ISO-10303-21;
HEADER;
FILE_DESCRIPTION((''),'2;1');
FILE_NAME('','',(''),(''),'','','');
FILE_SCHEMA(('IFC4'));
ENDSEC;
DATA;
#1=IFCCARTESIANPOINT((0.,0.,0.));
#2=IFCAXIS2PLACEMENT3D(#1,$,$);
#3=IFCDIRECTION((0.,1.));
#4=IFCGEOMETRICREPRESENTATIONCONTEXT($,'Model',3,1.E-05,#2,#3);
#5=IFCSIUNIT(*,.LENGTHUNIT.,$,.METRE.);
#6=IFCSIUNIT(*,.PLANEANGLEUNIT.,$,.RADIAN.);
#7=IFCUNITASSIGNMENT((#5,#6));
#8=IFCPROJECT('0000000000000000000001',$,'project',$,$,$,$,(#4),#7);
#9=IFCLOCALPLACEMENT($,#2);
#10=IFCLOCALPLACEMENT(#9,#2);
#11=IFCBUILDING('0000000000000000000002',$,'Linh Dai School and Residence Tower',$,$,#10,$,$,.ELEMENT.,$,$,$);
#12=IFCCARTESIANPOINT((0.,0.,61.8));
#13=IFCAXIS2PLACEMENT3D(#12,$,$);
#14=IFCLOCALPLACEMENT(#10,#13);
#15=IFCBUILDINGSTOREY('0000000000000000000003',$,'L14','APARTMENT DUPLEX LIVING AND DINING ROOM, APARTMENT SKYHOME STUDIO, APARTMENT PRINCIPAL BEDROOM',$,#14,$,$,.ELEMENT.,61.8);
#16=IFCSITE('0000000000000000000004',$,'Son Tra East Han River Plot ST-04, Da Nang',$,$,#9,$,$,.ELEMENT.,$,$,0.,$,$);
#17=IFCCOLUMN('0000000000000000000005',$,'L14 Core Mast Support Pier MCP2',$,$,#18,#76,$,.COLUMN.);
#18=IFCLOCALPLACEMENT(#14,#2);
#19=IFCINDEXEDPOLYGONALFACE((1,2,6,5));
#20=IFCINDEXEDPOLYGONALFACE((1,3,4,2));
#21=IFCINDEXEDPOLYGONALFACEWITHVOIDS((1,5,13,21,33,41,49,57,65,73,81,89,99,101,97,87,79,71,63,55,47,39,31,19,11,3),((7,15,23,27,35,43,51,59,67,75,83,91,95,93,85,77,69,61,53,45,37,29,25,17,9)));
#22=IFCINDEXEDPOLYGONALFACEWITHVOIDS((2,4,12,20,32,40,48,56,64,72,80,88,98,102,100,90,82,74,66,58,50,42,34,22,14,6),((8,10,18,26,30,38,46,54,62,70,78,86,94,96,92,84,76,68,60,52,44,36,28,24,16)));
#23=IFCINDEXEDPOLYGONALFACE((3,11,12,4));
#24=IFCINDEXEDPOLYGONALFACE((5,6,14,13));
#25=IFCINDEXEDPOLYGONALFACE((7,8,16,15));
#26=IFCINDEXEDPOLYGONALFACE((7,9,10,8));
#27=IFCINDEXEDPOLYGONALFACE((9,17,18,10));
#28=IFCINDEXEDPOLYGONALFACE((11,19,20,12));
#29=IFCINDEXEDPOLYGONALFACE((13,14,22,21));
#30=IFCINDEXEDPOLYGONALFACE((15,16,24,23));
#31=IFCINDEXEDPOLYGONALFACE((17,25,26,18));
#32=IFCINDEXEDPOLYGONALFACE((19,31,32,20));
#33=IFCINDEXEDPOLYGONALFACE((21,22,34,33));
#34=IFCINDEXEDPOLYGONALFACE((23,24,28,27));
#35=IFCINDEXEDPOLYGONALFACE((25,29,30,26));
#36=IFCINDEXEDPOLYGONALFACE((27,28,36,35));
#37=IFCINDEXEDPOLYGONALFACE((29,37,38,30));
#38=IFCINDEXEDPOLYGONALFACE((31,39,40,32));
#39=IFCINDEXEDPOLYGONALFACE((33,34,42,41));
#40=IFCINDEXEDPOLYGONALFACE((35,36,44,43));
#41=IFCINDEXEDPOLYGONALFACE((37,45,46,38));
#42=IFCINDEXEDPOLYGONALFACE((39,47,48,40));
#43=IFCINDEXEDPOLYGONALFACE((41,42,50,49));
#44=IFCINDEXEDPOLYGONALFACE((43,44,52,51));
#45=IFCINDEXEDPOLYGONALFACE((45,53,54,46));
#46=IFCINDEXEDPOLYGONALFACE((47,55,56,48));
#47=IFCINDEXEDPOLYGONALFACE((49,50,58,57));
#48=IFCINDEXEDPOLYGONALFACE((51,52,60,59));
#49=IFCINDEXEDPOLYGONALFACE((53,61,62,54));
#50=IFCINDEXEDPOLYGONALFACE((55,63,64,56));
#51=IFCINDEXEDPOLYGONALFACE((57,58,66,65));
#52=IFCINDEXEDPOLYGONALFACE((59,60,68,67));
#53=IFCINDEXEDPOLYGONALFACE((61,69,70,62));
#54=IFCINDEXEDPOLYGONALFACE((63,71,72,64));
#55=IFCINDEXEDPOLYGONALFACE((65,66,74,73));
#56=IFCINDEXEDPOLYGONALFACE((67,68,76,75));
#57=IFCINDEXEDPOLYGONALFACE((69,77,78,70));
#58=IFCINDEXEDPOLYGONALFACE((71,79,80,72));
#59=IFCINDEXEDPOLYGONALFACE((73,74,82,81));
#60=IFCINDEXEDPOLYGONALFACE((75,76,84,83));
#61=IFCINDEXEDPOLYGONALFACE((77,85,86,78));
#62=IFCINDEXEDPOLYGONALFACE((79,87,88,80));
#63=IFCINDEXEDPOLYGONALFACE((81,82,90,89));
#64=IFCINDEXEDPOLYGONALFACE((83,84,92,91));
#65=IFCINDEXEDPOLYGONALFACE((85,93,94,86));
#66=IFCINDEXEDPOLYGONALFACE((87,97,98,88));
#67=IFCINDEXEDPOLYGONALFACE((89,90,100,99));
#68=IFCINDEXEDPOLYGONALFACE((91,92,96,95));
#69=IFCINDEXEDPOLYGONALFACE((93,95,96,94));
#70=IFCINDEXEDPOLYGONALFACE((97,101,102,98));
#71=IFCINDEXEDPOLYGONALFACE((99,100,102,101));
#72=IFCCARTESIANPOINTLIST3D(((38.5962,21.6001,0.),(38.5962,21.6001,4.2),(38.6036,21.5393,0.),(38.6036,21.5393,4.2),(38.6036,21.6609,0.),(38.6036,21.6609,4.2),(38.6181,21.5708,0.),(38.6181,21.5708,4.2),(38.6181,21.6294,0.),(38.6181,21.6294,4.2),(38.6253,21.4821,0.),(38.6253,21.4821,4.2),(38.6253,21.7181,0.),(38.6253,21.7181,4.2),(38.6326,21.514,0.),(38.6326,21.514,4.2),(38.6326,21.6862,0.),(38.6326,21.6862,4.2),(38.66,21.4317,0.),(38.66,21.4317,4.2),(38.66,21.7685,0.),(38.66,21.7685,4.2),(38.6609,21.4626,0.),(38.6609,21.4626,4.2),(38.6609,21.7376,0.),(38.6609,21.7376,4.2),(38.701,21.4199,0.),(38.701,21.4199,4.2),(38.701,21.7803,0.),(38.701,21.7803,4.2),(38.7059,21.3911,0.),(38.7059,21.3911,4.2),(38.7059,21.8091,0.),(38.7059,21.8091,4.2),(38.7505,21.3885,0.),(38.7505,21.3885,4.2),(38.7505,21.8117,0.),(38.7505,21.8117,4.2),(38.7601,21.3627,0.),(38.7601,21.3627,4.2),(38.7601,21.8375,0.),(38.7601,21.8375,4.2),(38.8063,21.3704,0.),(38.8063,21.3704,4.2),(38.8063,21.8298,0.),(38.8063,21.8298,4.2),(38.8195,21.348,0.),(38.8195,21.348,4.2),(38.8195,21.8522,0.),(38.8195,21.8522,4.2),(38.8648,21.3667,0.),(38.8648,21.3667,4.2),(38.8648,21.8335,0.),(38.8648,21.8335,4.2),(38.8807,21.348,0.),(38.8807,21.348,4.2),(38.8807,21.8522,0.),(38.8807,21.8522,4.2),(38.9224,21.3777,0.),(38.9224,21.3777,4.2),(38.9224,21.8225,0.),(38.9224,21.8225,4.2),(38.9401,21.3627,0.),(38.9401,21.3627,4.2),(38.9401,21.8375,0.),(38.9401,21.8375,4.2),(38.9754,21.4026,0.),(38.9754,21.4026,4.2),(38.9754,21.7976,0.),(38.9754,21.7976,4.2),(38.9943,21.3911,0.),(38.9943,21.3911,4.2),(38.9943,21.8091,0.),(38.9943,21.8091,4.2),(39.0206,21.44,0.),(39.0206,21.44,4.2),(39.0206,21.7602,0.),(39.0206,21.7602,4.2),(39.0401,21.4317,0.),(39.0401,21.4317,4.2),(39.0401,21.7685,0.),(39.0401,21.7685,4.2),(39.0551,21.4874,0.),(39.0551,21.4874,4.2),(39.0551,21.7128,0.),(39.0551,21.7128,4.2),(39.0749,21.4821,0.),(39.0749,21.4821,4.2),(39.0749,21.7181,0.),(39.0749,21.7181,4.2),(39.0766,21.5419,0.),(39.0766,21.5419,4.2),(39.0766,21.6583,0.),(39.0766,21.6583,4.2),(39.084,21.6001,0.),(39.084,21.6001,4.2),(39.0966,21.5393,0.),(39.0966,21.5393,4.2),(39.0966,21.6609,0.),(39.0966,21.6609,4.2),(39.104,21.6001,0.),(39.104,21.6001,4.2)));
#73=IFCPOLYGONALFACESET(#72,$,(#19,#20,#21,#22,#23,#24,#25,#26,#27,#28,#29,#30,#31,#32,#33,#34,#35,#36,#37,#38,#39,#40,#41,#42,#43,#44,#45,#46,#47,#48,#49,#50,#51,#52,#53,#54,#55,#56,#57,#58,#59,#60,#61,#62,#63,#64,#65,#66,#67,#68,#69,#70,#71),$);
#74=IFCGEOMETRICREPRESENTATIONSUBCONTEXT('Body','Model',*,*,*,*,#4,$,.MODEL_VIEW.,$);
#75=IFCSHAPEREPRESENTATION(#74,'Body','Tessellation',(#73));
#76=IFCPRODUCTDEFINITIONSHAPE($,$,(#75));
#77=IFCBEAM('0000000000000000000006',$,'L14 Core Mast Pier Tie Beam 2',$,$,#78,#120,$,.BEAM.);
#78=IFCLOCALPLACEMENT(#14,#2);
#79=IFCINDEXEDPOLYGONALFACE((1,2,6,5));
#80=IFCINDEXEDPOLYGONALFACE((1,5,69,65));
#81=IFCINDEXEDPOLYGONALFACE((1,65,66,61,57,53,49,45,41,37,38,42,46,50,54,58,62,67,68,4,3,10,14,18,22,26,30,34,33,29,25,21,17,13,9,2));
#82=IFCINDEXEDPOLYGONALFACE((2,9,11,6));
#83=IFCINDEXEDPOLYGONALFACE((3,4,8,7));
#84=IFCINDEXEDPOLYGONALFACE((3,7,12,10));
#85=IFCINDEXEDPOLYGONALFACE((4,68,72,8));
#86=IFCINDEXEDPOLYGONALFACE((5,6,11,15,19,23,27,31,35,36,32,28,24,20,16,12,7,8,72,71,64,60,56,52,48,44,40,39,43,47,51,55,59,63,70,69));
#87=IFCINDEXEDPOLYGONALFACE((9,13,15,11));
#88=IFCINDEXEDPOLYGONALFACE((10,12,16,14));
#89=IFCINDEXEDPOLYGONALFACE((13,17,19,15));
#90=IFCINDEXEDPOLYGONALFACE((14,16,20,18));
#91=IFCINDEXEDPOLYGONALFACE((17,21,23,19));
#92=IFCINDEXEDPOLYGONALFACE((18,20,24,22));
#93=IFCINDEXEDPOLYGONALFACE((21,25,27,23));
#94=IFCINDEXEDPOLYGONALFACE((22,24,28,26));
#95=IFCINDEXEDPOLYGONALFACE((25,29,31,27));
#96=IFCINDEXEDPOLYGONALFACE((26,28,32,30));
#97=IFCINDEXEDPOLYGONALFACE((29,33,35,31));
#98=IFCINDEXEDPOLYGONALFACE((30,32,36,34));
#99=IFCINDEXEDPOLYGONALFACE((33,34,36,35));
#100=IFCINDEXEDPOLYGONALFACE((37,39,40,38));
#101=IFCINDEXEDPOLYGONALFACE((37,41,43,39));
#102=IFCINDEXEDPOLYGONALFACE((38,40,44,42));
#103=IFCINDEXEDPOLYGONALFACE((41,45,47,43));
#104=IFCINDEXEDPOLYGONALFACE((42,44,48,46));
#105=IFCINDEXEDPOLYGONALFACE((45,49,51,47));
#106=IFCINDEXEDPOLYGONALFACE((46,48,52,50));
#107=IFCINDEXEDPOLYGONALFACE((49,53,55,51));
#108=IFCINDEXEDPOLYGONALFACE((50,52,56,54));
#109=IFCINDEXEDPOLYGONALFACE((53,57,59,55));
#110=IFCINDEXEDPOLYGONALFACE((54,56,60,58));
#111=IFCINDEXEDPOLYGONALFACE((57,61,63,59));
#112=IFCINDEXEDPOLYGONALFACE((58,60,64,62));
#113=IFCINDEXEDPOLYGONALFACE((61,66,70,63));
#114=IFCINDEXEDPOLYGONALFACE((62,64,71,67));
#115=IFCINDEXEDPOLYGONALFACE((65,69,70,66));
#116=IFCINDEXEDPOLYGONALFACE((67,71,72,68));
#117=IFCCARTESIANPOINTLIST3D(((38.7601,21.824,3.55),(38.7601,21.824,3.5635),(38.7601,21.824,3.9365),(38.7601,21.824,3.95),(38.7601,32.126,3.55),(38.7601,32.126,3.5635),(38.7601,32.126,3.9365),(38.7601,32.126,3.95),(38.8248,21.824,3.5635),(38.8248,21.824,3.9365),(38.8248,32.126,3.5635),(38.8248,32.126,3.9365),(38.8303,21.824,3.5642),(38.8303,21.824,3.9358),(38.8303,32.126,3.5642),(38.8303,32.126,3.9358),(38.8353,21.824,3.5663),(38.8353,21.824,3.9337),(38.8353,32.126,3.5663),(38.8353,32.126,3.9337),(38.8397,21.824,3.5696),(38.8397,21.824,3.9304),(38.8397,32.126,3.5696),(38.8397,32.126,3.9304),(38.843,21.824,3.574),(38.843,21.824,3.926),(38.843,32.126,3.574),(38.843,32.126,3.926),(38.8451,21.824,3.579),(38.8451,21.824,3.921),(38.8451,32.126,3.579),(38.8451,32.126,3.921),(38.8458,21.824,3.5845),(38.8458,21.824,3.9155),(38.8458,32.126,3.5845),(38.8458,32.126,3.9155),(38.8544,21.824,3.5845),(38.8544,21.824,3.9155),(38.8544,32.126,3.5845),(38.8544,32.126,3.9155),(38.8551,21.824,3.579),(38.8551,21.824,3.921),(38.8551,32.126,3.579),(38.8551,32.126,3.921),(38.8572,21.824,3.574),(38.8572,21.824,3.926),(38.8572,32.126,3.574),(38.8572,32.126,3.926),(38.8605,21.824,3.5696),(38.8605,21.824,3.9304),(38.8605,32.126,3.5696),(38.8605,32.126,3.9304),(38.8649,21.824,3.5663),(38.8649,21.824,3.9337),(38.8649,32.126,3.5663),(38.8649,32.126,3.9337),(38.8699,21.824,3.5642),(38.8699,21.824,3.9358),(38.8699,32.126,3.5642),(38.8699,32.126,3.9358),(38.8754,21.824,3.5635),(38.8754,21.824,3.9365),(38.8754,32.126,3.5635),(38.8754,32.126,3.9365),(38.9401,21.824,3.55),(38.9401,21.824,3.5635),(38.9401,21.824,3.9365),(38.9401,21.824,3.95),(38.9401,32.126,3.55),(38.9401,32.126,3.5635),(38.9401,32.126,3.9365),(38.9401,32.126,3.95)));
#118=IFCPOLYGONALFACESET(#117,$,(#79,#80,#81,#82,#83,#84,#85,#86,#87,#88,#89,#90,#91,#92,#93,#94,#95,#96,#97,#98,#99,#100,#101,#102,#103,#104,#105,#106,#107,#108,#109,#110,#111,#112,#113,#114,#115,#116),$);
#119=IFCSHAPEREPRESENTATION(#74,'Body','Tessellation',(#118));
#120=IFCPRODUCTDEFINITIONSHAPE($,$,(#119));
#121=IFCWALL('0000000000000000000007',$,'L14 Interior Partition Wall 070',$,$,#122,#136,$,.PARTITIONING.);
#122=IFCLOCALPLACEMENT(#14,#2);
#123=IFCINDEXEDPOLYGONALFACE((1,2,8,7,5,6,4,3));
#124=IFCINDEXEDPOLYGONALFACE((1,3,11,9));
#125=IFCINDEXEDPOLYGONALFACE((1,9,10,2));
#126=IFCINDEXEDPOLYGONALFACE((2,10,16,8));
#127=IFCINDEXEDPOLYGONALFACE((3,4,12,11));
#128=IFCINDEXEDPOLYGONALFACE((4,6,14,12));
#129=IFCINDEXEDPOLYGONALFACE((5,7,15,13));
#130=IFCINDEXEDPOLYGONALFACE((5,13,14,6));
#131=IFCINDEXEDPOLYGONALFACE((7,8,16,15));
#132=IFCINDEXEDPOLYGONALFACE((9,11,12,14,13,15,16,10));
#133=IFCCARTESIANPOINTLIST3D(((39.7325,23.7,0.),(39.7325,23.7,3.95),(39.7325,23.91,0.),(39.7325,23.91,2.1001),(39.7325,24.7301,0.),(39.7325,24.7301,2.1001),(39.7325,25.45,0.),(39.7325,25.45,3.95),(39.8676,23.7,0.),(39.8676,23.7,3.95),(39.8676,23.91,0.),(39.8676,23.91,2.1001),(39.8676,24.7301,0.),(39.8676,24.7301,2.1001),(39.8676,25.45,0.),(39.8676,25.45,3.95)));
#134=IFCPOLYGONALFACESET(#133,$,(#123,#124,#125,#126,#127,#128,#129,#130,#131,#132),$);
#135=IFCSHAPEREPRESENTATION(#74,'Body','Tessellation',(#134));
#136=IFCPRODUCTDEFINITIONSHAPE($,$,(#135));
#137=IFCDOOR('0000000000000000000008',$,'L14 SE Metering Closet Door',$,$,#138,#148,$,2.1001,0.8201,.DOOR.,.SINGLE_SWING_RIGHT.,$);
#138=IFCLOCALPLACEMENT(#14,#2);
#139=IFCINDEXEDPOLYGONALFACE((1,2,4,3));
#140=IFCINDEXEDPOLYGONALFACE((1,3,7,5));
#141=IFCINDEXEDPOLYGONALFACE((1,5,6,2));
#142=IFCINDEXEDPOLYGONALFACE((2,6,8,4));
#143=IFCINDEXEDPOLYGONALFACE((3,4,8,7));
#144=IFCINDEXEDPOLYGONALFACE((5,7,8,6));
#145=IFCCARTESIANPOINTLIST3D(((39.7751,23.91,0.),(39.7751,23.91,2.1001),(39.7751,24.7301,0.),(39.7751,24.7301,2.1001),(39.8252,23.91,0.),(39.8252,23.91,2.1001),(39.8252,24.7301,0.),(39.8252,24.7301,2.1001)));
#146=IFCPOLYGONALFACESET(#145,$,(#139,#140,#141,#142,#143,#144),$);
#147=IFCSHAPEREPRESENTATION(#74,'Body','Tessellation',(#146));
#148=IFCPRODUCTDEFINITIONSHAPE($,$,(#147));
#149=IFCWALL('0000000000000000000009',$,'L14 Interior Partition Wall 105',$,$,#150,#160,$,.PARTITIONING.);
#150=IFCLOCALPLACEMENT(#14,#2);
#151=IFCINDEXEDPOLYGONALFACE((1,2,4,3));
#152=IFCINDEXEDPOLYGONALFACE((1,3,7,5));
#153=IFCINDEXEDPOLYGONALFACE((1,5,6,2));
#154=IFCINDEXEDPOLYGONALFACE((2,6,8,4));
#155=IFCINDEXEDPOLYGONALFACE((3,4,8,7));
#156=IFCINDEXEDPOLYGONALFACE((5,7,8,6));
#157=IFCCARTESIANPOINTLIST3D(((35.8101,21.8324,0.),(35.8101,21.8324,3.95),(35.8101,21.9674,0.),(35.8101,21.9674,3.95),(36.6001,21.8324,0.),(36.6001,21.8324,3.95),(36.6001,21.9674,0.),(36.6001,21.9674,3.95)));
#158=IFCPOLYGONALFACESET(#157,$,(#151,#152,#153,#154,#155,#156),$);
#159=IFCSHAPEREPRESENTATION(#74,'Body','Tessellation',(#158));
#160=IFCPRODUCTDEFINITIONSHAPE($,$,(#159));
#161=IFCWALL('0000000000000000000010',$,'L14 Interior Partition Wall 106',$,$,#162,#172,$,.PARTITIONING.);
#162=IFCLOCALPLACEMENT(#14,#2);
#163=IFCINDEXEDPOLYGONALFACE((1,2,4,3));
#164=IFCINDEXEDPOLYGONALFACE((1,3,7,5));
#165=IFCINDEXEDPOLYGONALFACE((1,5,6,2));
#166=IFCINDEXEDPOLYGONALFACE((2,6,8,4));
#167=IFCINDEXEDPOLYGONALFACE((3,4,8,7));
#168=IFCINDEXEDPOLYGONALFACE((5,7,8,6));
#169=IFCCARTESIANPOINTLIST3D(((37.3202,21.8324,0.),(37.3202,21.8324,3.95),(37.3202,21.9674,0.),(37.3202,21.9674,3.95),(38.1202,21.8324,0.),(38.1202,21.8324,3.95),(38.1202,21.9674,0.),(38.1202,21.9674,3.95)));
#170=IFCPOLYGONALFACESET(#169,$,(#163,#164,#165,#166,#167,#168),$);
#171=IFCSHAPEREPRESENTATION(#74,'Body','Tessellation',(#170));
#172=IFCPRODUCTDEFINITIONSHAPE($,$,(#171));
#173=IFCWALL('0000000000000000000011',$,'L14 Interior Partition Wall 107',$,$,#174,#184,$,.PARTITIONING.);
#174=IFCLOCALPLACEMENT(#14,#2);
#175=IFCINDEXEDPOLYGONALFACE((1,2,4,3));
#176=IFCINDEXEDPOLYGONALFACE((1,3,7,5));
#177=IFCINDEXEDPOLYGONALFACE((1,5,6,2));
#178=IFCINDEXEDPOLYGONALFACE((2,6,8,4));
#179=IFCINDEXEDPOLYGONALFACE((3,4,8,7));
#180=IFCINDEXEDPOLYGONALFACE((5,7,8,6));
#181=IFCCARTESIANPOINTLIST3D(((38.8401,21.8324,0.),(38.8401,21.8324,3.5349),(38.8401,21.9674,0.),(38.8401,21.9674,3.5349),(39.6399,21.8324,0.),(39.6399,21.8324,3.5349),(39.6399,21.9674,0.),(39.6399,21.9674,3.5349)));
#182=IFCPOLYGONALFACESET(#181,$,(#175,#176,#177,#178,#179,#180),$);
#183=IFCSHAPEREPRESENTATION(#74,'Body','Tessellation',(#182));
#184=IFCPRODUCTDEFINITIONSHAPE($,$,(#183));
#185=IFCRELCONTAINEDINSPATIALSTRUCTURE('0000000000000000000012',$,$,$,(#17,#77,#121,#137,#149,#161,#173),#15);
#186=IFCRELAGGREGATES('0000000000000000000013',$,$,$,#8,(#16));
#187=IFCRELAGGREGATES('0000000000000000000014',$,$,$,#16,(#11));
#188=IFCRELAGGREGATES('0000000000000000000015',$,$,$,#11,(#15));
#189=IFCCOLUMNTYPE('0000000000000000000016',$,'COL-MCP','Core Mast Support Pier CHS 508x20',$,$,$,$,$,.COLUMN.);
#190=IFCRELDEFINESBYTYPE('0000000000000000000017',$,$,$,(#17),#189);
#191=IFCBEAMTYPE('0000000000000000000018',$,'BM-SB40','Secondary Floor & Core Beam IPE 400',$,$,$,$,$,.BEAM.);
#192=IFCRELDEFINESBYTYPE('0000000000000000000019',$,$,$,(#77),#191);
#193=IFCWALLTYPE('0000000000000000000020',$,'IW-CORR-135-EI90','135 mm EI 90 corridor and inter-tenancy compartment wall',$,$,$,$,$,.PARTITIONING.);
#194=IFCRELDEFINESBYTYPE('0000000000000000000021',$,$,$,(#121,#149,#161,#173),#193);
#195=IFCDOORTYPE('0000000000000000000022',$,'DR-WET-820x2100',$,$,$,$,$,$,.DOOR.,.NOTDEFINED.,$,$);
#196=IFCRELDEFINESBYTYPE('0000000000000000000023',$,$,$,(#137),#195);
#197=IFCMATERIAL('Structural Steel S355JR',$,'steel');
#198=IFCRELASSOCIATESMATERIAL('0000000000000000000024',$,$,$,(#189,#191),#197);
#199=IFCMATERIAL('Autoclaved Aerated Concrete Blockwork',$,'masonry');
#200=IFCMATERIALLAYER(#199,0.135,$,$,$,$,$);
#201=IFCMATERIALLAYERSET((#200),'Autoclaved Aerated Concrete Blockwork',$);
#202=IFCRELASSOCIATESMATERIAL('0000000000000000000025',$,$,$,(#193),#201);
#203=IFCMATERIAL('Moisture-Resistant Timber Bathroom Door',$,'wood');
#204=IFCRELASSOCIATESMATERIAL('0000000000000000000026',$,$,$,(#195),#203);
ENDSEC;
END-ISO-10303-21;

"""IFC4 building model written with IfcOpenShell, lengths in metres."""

from ifc_helpers import new_model, si_unit, direction, frame, frame_2d, origin, origin_2d, place, context, subcontext, project, spatial, rectangle, hollow_circle, i_section, extrude, source, transform, mapped, material, layer, layer_set, material_profile, profile_set, type_object, element, fill, save


model = new_model("IFC4")

# Units and contexts
model_context = context("Model", 3, precision=1e-05, world=origin(), true_north=direction((0.0, 1.0)))
body_context = subcontext(model_context, "Body", "Model", "MODEL_VIEW")
ifc_project = project(units=[si_unit("LENGTHUNIT", "METRE"), si_unit("PLANEANGLEUNIT", "RADIAN")], contexts=[model_context])

# Site, building, storey
site_placement = place(None, origin())
site = spatial("IfcSite", under=ifc_project, at=site_placement, Name="Son Tra East Han River Plot ST-04, Da Nang", CompositionType="ELEMENT", RefElevation=0.0)
building_placement = place(site_placement, origin())
building = spatial("IfcBuilding", under=site, at=building_placement, Name="Linh Dai School and Residence Tower", CompositionType="ELEMENT")
storey_placement = place(building_placement, frame((0.0, 0.0, 61.8)))
storey = spatial("IfcBuildingStorey", under=building, at=storey_placement, Name="L14", Description="APARTMENT DUPLEX LIVING AND DINING ROOM, APARTMENT SKYHOME STUDIO, APARTMENT PRINCIPAL BEDROOM", CompositionType="ELEMENT", Elevation=61.8)

# Column
ifc_material_1 = material(Name="Structural Steel S355JR", Category="steel")
ifc_material_profile_1 = material_profile(ifc_material_1, hollow_circle(Radius=0.2539, WallThickness=0.02, at=origin_2d()), Name="CHS 508x20")
ifc_profile_set_1 = profile_set([ifc_material_profile_1], Name="Structural Steel S355JR")
column_type_1 = type_object("IfcColumnType", Name="COL-MCP", Description="Core Mast Support Pier CHS 508x20", PredefinedType="COLUMN", material=ifc_profile_set_1)
column_placement = place(storey_placement, frame((38.8501, 21.6001, 0.0), z_axis=(0.0, 0.0, 1.0), x_axis=(1.0, 0.0, 0.0)))
element("IfcColumn", 1, at=column_placement, inside=storey, type_object=column_type_1, Name="L14 Core Mast Support Pier MCP2", PredefinedType="COLUMN", context=body_context, shape_type="SweptSolid", body=[
    extrude(hollow_circle(Radius=0.2539, WallThickness=0.02, at=origin_2d()), origin(), (0.0, 0.0, 1.0), 4.2),
])

# Beam
ifc_material_profile_2 = material_profile(ifc_material_1, i_section(OverallWidth=0.1799, OverallDepth=0.3999, WebThickness=0.0085, FlangeThickness=0.0134, FilletRadius=0.021, at=origin_2d()), Name="IPE 400")
ifc_profile_set_2 = profile_set([ifc_material_profile_2], Name="Structural Steel S355JR")
beam_type = type_object("IfcBeamType", Name="BM-SB40", Description="Secondary Floor & Core Beam IPE 400", PredefinedType="BEAM", material=ifc_profile_set_2)
beam_placement = place(storey_placement, frame((38.8501, 21.824, 3.75), z_axis=(0.0, 1.0, 0.0), x_axis=(-1.0, 0.0, 0.0)))
element("IfcBeam", 2, at=beam_placement, inside=storey, type_object=beam_type, Name="L14 Core Mast Pier Tie Beam 2", PredefinedType="BEAM", context=body_context, shape_type="SweptSolid", body=[
    extrude(i_section(OverallWidth=0.1799, OverallDepth=0.3999, WebThickness=0.0085, FlangeThickness=0.0134, FilletRadius=0.021, at=origin_2d()), origin(), (0.0, 0.0, 1.0), 10.302),
])

# Wall, opening, door
ifc_material_2 = material(Name="Autoclaved Aerated Concrete Blockwork", Category="masonry")
ifc_layer_1 = layer(ifc_material_2, 0.135)
ifc_layer_set_1 = layer_set([ifc_layer_1], Name="Autoclaved Aerated Concrete Blockwork")
wall_type_1 = type_object("IfcWallType", Name="IW-CORR-135-EI90", Description="135 mm EI 90 corridor and inter-tenancy compartment wall", PredefinedType="PARTITIONING", material=ifc_layer_set_1)
wall_1_placement = place(storey_placement, frame((39.8, 23.7, 0.0), z_axis=(0.0, 0.0, 1.0), x_axis=(0.0, 1.0, 0.0)))
wall_1 = element("IfcWall", 3, at=wall_1_placement, inside=storey, type_object=wall_type_1, Name="L14 Interior Partition Wall 070", PredefinedType="PARTITIONING", context=body_context, shape_type="SweptSolid", body=[
    extrude(rectangle(XDim=1.75, YDim=0.135, at=frame_2d((0.875, 0.0))), origin(), (0.0, 0.0, 1.0), 3.95),
])
opening_1_placement = place(wall_1_placement, frame((0.21, 0.0, 0.0)))
opening_1 = element("IfcOpeningElement", 4, at=opening_1_placement, cuts=wall_1, PredefinedType="OPENING", context=body_context, shape_type="SweptSolid", body=[
    extrude(rectangle(XDim=0.8201, YDim=2.1001, at=origin_2d()), frame((0.4102, 0.0776, 1.05), z_axis=(0.0, -1.0, 0.0), x_axis=(1.0, 0.0, 0.0)), (0.0, 0.0, 1.0), 0.155),
])
ifc_material_3 = material(Name="Moisture-Resistant Timber Bathroom Door", Category="wood")
door_type_1 = type_object("IfcDoorType", Name="DR-WET-820x2100", OperationType="NOTDEFINED", PredefinedType="DOOR", material=ifc_material_3)
shared_shape_1 = source(origin(), body_context, "Body", "SweptSolid", [
    extrude(rectangle(XDim=0.8201, YDim=2.1001, at=origin_2d()), frame((0.4102, 0.0249, 1.05), z_axis=(0.0, -1.0, 0.0), x_axis=(1.0, 0.0, 0.0)), (0.0, 0.0, 1.0), 0.05),
])
door_1_placement = place(opening_1_placement, origin())
door_1 = element("IfcDoor", 5, at=door_1_placement, inside=storey, type_object=door_type_1, Name="L14 SE Metering Closet Door", OperationType="SINGLE_SWING_RIGHT", OverallHeight=2.1001, OverallWidth=0.8201, PredefinedType="DOOR", context=body_context, shape_type="MappedRepresentation", body=[
    mapped(shared_shape_1, transform((0.0, 0.0, 0.0), x_axis=(1.0, 0.0, 0.0), y_axis=(0.0, 1.0, 0.0), z_axis=(0.0, 0.0, 1.0), scale=1.0)),
])
fill(opening_1, door_1)

# Walls
wall_2_placement = place(storey_placement, frame((36.6001, 21.8999, 0.0), z_axis=(0.0, 0.0, 1.0), x_axis=(-1.0, 0.0, 0.0)))
element("IfcWall", 6, at=wall_2_placement, inside=storey, type_object=wall_type_1, Name="L14 Interior Partition Wall 105", PredefinedType="PARTITIONING", context=body_context, shape_type="SweptSolid", body=[
    extrude(rectangle(XDim=0.79, YDim=0.135, at=frame_2d((0.395, 0.0))), origin(), (0.0, 0.0, 1.0), 3.95),
])
wall_3_placement = place(storey_placement, frame((38.1201, 21.8999, 0.0), z_axis=(0.0, 0.0, 1.0), x_axis=(-1.0, 0.0, 0.0)))
element("IfcWall", 7, at=wall_3_placement, inside=storey, type_object=wall_type_1, Name="L14 Interior Partition Wall 106", PredefinedType="PARTITIONING", context=body_context, shape_type="SweptSolid", body=[
    extrude(rectangle(XDim=0.8, YDim=0.135, at=frame_2d((0.3999, 0.0))), origin(), (0.0, 0.0, 1.0), 3.95),
])
wall_4_placement = place(storey_placement, frame((39.6399, 21.8999, 0.0), z_axis=(0.0, 0.0, 1.0), x_axis=(-1.0, 0.0, 0.0)))
element("IfcWall", 8, at=wall_4_placement, inside=storey, type_object=wall_type_1, Name="L14 Interior Partition Wall 107", PredefinedType="PARTITIONING", context=body_context, shape_type="SweptSolid", body=[
    extrude(rectangle(XDim=0.7998, YDim=0.135, at=frame_2d((0.3999, 0.0))), origin(), (0.0, 0.0, 1.0), 3.5349),
])

save(model, "model.ifc")
